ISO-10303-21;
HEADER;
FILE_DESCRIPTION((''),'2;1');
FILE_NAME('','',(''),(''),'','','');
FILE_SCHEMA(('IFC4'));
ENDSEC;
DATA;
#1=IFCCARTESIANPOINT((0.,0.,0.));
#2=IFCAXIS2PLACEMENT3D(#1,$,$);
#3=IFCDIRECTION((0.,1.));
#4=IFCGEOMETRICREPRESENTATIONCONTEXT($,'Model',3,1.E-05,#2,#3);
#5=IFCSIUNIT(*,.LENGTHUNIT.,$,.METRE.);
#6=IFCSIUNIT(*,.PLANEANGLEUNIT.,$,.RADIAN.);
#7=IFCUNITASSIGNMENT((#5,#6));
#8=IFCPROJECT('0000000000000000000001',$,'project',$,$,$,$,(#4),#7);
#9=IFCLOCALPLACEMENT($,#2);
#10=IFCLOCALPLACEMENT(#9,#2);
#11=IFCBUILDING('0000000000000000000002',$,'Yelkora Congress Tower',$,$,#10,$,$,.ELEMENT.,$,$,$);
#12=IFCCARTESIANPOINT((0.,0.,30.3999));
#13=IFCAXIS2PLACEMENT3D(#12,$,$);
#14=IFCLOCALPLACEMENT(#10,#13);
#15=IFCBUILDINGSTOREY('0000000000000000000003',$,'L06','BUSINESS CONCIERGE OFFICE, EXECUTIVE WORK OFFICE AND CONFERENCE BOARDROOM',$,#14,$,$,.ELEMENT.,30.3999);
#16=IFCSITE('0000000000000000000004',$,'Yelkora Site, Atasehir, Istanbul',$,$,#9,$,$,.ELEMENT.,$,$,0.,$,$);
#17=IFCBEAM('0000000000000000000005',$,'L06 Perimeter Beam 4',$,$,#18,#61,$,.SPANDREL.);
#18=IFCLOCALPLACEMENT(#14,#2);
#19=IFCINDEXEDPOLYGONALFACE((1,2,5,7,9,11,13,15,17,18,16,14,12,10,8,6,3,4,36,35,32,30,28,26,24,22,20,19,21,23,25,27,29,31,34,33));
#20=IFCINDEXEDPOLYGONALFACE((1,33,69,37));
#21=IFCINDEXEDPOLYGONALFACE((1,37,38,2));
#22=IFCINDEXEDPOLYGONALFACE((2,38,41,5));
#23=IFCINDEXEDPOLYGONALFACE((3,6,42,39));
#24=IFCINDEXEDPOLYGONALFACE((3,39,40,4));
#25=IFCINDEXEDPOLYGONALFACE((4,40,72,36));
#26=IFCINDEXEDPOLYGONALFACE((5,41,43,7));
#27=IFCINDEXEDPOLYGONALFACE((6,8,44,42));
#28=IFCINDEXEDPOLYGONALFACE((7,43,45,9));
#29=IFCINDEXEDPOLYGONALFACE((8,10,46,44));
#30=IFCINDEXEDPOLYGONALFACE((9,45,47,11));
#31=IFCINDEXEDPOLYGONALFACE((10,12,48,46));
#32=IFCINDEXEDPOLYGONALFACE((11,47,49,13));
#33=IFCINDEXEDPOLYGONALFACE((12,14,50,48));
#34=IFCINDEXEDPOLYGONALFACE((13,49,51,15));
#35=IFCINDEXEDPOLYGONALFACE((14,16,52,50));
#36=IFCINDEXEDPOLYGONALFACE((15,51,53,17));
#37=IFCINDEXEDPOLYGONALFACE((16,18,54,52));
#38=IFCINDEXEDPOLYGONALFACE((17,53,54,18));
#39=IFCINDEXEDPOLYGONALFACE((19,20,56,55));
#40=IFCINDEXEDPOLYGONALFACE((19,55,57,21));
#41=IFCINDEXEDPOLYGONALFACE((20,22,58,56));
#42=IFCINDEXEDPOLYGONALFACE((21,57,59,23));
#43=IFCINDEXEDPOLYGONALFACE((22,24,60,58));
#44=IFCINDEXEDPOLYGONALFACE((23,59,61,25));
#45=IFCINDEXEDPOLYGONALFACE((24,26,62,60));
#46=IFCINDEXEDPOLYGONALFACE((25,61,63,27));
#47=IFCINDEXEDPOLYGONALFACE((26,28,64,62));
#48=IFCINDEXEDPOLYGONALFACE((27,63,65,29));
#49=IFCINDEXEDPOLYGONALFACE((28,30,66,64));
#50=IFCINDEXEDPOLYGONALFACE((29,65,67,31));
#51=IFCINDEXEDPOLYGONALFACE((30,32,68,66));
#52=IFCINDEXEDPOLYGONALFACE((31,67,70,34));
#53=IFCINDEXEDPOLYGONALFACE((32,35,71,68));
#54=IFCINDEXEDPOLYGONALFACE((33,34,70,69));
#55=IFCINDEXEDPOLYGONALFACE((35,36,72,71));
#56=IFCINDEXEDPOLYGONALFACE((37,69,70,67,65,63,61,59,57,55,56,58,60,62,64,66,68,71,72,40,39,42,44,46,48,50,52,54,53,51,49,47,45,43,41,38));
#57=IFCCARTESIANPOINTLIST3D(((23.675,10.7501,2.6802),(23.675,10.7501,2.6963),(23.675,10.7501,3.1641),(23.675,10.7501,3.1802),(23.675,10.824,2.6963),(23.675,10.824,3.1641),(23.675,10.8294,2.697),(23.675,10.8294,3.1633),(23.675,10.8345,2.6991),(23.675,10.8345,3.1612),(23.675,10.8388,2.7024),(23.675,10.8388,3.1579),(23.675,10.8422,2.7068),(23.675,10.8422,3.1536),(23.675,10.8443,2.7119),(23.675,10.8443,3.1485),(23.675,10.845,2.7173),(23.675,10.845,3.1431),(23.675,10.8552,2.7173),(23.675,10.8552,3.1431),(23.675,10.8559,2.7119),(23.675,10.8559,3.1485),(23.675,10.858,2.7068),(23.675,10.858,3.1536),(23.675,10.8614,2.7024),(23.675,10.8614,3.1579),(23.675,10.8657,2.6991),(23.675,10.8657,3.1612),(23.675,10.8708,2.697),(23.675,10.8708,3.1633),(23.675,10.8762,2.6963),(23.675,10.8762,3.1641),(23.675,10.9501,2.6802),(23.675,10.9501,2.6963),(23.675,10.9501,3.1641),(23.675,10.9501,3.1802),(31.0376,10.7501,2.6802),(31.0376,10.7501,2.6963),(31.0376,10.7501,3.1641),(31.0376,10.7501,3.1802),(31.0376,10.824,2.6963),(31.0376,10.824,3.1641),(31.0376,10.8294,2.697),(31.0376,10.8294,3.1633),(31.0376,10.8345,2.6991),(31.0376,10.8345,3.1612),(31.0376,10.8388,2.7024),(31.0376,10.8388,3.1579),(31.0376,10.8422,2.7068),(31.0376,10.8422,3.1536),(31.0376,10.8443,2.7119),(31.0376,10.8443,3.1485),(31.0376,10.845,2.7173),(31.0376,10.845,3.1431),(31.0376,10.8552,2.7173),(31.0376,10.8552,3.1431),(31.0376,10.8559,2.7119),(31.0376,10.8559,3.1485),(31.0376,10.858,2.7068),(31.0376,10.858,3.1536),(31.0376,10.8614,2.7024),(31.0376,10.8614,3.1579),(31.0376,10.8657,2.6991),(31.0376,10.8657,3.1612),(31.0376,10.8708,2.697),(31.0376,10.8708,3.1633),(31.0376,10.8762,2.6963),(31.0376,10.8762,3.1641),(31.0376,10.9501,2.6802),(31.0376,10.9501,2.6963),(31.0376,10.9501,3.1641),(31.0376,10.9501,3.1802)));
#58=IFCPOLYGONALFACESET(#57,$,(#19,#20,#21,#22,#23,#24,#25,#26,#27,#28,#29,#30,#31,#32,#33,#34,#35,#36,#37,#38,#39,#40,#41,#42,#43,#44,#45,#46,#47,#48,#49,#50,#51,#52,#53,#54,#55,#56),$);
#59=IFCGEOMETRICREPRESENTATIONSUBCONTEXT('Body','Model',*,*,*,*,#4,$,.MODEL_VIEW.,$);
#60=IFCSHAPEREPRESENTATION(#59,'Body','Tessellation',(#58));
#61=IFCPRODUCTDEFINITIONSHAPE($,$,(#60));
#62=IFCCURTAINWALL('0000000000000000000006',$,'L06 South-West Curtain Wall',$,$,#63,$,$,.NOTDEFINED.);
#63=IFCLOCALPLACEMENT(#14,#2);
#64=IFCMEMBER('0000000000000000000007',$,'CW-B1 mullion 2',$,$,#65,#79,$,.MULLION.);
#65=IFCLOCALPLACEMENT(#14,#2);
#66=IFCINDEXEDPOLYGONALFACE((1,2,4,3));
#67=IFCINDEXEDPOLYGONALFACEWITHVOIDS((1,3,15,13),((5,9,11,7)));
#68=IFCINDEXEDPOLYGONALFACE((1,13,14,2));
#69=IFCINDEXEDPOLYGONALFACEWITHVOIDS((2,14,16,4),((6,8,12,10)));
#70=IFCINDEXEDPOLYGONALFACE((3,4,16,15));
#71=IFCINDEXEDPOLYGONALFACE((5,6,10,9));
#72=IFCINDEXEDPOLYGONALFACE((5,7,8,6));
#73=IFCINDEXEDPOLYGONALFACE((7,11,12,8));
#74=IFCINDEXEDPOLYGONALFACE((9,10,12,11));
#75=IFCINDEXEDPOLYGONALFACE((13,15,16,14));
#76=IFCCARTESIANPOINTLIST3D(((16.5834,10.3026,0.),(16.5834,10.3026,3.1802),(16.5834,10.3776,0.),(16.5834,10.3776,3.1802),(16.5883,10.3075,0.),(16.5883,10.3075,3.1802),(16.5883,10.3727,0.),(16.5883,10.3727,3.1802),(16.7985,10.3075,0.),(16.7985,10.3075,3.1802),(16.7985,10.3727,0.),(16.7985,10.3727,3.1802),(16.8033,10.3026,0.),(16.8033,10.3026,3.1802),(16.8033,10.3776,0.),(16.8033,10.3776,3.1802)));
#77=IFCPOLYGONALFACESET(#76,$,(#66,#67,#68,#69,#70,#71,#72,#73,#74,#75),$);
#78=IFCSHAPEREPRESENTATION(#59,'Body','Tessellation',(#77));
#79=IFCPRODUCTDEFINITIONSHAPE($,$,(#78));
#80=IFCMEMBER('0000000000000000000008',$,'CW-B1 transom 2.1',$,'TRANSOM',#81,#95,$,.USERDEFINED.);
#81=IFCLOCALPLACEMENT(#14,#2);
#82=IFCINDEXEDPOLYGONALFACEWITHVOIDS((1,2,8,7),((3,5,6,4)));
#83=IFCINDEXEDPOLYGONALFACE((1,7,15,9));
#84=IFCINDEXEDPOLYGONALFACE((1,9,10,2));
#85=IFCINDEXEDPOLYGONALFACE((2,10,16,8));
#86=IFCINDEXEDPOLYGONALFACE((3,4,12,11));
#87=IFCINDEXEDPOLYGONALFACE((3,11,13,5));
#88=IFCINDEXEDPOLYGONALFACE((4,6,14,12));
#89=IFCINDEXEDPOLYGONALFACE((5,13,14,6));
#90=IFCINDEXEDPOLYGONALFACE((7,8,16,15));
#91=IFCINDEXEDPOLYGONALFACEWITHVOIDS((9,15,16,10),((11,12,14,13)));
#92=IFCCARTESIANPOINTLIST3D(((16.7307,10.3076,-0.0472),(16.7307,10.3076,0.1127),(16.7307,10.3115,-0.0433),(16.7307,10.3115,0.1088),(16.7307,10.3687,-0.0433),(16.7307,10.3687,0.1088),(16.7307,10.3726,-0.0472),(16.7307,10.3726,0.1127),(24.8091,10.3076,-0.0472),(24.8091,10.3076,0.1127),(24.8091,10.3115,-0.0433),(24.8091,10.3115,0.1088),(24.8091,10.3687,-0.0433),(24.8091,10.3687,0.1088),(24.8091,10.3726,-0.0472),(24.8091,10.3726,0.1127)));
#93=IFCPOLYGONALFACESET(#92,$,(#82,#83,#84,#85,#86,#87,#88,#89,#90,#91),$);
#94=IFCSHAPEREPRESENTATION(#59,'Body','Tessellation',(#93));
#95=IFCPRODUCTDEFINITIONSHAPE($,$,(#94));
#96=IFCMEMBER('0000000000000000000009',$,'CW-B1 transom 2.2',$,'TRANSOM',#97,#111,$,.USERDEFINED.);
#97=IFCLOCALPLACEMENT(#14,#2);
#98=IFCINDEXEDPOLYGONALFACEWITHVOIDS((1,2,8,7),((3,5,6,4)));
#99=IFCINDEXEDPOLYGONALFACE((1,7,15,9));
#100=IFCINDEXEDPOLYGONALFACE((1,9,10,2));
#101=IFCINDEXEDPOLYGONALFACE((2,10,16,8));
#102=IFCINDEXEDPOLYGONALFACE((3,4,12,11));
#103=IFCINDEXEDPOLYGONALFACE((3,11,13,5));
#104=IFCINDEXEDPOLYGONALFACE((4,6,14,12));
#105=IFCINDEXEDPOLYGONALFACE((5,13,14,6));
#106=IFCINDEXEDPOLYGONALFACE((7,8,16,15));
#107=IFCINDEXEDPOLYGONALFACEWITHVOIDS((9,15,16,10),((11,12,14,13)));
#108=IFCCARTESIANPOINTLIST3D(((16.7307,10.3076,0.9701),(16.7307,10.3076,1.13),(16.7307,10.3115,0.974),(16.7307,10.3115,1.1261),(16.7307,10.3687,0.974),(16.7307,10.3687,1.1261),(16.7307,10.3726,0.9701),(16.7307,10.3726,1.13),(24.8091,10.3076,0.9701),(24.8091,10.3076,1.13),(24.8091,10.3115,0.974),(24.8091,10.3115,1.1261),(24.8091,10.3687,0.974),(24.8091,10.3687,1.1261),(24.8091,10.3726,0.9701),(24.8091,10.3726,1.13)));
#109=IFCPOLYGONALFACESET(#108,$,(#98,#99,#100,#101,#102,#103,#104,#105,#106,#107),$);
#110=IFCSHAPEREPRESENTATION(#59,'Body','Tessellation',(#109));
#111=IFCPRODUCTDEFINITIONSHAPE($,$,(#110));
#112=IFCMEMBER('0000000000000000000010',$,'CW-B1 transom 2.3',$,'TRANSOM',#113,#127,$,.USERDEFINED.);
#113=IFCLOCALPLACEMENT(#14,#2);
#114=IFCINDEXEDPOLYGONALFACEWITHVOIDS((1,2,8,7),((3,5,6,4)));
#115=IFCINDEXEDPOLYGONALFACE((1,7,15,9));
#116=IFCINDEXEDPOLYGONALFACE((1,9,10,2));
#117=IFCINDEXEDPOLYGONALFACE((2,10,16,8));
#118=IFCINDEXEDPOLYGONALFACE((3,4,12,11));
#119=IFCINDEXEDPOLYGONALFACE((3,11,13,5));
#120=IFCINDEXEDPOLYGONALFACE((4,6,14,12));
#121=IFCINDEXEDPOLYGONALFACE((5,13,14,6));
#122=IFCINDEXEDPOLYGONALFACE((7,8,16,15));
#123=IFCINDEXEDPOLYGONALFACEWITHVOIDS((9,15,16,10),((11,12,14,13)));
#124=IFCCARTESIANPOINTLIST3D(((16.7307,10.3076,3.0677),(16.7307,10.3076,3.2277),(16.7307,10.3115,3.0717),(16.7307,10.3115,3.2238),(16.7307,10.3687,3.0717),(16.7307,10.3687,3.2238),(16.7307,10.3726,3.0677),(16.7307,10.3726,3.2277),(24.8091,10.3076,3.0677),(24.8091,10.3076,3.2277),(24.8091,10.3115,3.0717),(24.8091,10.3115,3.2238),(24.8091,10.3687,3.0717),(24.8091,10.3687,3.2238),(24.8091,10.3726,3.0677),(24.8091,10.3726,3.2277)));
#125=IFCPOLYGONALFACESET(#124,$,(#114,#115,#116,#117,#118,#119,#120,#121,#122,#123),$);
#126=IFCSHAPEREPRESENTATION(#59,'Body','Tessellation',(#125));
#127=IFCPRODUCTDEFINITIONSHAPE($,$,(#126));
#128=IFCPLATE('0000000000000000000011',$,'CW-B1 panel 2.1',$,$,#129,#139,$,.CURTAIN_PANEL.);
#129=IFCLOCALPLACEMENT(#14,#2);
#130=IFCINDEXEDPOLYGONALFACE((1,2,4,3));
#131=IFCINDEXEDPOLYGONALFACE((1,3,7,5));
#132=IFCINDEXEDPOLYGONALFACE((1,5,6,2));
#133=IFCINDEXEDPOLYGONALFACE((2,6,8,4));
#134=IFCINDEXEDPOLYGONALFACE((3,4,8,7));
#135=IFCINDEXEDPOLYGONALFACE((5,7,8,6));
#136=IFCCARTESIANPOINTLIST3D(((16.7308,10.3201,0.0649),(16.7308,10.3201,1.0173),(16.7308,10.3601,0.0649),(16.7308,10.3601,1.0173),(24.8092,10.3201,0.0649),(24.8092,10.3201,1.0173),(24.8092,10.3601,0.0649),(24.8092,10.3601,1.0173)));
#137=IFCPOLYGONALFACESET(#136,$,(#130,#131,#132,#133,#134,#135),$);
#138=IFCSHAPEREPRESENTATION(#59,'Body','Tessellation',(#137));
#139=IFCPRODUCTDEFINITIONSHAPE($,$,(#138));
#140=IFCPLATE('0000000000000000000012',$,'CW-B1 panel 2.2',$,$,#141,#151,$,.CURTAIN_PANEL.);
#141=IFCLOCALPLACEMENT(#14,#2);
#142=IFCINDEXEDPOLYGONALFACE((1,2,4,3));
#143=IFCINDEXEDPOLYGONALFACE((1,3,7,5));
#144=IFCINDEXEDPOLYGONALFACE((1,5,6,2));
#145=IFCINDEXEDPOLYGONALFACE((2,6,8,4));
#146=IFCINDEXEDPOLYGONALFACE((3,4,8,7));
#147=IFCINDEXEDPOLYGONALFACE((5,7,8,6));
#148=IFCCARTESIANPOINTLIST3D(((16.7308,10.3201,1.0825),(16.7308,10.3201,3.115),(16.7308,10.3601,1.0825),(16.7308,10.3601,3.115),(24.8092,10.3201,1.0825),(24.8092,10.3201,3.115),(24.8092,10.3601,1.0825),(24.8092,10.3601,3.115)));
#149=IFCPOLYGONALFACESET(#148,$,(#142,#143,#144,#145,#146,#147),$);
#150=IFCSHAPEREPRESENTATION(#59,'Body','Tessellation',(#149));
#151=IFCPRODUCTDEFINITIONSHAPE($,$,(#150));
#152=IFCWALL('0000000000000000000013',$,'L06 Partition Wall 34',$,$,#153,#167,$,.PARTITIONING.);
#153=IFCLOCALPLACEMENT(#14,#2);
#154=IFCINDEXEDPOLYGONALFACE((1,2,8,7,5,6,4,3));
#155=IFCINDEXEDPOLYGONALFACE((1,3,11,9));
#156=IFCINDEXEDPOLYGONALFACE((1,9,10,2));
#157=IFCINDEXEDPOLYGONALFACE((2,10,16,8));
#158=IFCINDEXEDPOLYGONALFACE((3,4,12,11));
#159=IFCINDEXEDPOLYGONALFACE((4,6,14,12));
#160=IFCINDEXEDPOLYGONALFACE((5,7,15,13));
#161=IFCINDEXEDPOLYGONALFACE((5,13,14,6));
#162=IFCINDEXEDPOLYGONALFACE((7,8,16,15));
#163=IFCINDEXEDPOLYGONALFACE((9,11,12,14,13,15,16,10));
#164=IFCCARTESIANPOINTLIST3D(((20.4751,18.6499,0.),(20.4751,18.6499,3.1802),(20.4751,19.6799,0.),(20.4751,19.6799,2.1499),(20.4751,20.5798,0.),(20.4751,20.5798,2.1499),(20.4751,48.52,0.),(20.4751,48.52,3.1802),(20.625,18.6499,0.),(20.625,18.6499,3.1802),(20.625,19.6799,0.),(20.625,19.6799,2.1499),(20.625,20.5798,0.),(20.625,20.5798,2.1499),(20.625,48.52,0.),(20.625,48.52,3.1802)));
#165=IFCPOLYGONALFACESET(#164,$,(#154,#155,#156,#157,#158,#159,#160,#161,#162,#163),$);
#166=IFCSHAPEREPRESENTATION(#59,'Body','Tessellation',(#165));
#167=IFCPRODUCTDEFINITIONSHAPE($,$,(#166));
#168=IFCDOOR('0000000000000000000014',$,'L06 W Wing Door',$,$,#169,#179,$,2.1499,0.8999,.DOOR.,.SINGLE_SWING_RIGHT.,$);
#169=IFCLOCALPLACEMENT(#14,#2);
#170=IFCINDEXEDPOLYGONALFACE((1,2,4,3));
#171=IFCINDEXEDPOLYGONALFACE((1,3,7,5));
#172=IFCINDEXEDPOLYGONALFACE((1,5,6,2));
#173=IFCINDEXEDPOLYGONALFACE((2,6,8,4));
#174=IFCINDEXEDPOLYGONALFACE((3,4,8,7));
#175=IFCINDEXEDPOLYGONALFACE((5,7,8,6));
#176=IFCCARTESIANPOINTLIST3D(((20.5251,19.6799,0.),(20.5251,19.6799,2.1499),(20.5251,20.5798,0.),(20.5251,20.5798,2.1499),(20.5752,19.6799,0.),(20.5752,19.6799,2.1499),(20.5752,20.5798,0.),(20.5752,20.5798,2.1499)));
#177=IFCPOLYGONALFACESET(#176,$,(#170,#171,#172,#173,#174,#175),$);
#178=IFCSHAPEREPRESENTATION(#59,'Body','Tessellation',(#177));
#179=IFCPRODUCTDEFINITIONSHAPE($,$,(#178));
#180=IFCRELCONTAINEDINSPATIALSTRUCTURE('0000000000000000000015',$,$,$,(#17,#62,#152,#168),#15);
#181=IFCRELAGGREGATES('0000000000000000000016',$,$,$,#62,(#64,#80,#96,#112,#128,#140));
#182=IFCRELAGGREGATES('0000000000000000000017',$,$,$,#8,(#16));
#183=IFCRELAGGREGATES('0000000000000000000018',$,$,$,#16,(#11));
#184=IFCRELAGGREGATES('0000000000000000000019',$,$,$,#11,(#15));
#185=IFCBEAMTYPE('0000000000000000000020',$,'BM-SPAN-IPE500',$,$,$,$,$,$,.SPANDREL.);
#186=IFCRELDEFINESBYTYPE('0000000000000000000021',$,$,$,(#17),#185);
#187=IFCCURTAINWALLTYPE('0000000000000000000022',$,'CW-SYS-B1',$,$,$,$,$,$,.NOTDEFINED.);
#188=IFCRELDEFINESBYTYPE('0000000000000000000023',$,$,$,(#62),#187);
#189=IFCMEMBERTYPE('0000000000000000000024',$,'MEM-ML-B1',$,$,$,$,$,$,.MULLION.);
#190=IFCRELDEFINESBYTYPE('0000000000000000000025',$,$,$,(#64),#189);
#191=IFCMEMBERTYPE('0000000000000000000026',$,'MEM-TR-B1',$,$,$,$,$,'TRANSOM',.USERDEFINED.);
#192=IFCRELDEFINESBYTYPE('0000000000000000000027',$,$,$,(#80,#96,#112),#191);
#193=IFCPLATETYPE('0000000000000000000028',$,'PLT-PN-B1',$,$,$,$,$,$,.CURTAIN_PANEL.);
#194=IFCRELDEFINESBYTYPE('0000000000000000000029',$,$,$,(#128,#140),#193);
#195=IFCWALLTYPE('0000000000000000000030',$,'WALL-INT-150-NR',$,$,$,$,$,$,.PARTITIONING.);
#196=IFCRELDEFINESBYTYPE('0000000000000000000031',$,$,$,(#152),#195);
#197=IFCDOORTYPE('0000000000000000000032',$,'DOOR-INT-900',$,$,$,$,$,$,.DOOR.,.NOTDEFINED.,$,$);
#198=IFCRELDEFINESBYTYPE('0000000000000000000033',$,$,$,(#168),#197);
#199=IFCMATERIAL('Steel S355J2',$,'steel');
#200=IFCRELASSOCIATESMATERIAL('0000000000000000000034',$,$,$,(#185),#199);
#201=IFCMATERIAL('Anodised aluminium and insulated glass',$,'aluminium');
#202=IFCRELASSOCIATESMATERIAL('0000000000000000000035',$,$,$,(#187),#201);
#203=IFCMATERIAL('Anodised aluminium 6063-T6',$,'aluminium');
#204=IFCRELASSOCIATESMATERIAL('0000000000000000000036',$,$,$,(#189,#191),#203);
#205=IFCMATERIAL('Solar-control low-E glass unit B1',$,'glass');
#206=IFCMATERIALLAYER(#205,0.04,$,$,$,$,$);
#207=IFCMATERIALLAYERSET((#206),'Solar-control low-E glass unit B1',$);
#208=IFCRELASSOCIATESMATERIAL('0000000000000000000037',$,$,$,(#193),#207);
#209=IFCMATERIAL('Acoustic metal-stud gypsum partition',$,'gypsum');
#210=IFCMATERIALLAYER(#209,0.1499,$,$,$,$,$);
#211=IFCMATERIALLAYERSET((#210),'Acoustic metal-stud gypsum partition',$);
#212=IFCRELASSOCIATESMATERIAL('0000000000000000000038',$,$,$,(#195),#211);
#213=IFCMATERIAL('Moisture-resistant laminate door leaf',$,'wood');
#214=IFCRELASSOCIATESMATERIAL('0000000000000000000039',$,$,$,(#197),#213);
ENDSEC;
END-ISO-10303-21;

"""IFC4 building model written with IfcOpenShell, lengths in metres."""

from ifc_helpers import new_model, si_unit, direction, frame, frame_2d, origin, origin_2d, place, context, subcontext, project, spatial, rectangle, hollow_rectangle, i_section, extrude, material, layer, layer_set, material_profile, profile_set, type_object, element, fill, aggregate, save


model = new_model("IFC4")

# Units and contexts
model_context = context("Model", 3, precision=1e-05, world=origin(), true_north=direction((0.0, 1.0)))
body_context = subcontext(model_context, "Body", "Model", "MODEL_VIEW")
ifc_project = project(units=[si_unit("LENGTHUNIT", "METRE"), si_unit("PLANEANGLEUNIT", "RADIAN")], contexts=[model_context])

# Site, building, storey
site_placement = place(None, origin())
site = spatial("IfcSite", under=ifc_project, at=site_placement, Name="Yelkora Site, Atasehir, Istanbul", CompositionType="ELEMENT", RefElevation=0.0)
building_placement = place(site_placement, origin())
building = spatial("IfcBuilding", under=site, at=building_placement, Name="Yelkora Congress Tower", CompositionType="ELEMENT")
storey_placement = place(building_placement, frame((0.0, 0.0, 30.3999)))
storey = spatial("IfcBuildingStorey", under=building, at=storey_placement, Name="L06", Description="BUSINESS CONCIERGE OFFICE, EXECUTIVE WORK OFFICE AND CONFERENCE BOARDROOM", CompositionType="ELEMENT", Elevation=30.3999)

# Beam
ifc_material_1 = material(Name="Steel S355J2", Category="steel")
ifc_material_profile_1 = material_profile(ifc_material_1, i_section(OverallWidth=0.2, OverallDepth=0.5, WebThickness=0.0103, FlangeThickness=0.0161, FilletRadius=0.021, at=origin_2d()), Name="IPE 500")
ifc_profile_set_1 = profile_set([ifc_material_profile_1], Name="Steel S355J2")
beam_type_1 = type_object("IfcBeamType", Name="BM-SPAN-IPE500", PredefinedType="SPANDREL", material=ifc_profile_set_1)
beam_1_placement = place(storey_placement, frame((23.675, 10.8501, 2.9302), z_axis=(1.0, 0.0, 0.0), x_axis=(0.0, 1.0, 0.0)))
element("IfcBeam", 1, at=beam_1_placement, inside=storey, type_object=beam_type_1, Name="L06 Perimeter Beam 4", PredefinedType="SPANDREL", context=body_context, shape_type="SweptSolid", body=[
    extrude(i_section(OverallWidth=0.2, OverallDepth=0.5, WebThickness=0.0103, FlangeThickness=0.0161, FilletRadius=0.021, at=origin_2d()), origin(), (0.0, 0.0, 1.0), 7.3625),
])

# Curtain wall, members, plates
ifc_material_2 = material(Name="Anodised aluminium and insulated glass", Category="aluminium")
curtain_wall_type = type_object("IfcCurtainWallType", Name="CW-SYS-B1", PredefinedType="NOTDEFINED", material=ifc_material_2)
curtain_wall_placement = place(storey_placement, origin())
curtain_wall = element("IfcCurtainWall", 2, at=curtain_wall_placement, inside=storey, type_object=curtain_wall_type, Name="L06 South-West Curtain Wall", PredefinedType="NOTDEFINED")
ifc_material_3 = material(Name="Anodised aluminium 6063-T6", Category="aluminium")
ifc_material_profile_2 = material_profile(ifc_material_3, hollow_rectangle(XDim=0.075, YDim=0.22, WallThickness=0.0049, at=origin_2d()), Name="ALU 75x220x5")
ifc_profile_set_2 = profile_set([ifc_material_profile_2], Name="Anodised aluminium 6063-T6")
member_type_1 = type_object("IfcMemberType", Name="MEM-ML-B1", PredefinedType="MULLION", material=ifc_profile_set_2)
member_1_placement = place(storey_placement, frame((16.6934, 10.3401, 0.0), z_axis=(0.0, 0.0, 1.0), x_axis=(0.0, 1.0, 0.0)))
member_1 = element("IfcMember", 3, at=member_1_placement, type_object=member_type_1, Name="CW-B1 mullion 2", PredefinedType="MULLION", context=body_context, shape_type="SweptSolid", body=[
    extrude(hollow_rectangle(XDim=0.075, YDim=0.22, WallThickness=0.0049, at=origin_2d()), origin(), (0.0, 0.0, 1.0), 3.1802),
])
ifc_material_profile_3 = material_profile(ifc_material_3, hollow_rectangle(XDim=0.0649, YDim=0.1599, WallThickness=0.0039, at=origin_2d()), Name="ALU 65x160x4")
ifc_profile_set_3 = profile_set([ifc_material_profile_3], Name="Anodised aluminium 6063-T6")
member_type_2 = type_object("IfcMemberType", Name="MEM-TR-B1", ElementType="TRANSOM", PredefinedType="USERDEFINED", material=ifc_profile_set_3)
member_2_placement = place(storey_placement, frame((16.7307, 10.3401, 0.0327), z_axis=(1.0, 0.0, 0.0), x_axis=(0.0, 1.0, 0.0)))
member_2 = element("IfcMember", 4, at=member_2_placement, type_object=member_type_2, Name="CW-B1 transom 2.1", ObjectType="TRANSOM", PredefinedType="USERDEFINED", context=body_context, shape_type="SweptSolid", body=[
    extrude(hollow_rectangle(XDim=0.0649, YDim=0.1599, WallThickness=0.0039, at=origin_2d()), origin(), (0.0, 0.0, 1.0), 8.0784),
])
member_3_placement = place(storey_placement, frame((16.7307, 10.3401, 1.05), z_axis=(1.0, 0.0, 0.0), x_axis=(0.0, 1.0, 0.0)))
member_3 = element("IfcMember", 5, at=member_3_placement, type_object=member_type_2, Name="CW-B1 transom 2.2", ObjectType="TRANSOM", PredefinedType="USERDEFINED", context=body_context, shape_type="SweptSolid", body=[
    extrude(hollow_rectangle(XDim=0.0649, YDim=0.1599, WallThickness=0.0039, at=origin_2d()), origin(), (0.0, 0.0, 1.0), 8.0784),
])
member_4_placement = place(storey_placement, frame((16.7307, 10.3401, 3.1477), z_axis=(1.0, 0.0, 0.0), x_axis=(0.0, 1.0, 0.0)))
member_4 = element("IfcMember", 6, at=member_4_placement, type_object=member_type_2, Name="CW-B1 transom 2.3", ObjectType="TRANSOM", PredefinedType="USERDEFINED", context=body_context, shape_type="SweptSolid", body=[
    extrude(hollow_rectangle(XDim=0.0649, YDim=0.1599, WallThickness=0.0039, at=origin_2d()), origin(), (0.0, 0.0, 1.0), 8.0784),
])
ifc_material_4 = material(Name="Solar-control low-E glass unit B1", Category="glass")
ifc_layer_1 = layer(ifc_material_4, 0.04)
ifc_layer_set_1 = layer_set([ifc_layer_1], Name="Solar-control low-E glass unit B1")
plate_type = type_object("IfcPlateType", Name="PLT-PN-B1", PredefinedType="CURTAIN_PANEL", material=ifc_layer_set_1)
plate_1_placement = place(storey_placement, frame((20.77, 10.3401, 0.0649), z_axis=(0.0, 0.0, 1.0), x_axis=(1.0, 0.0, 0.0)))
plate_1 = element("IfcPlate", 7, at=plate_1_placement, type_object=plate_type, Name="CW-B1 panel 2.1", PredefinedType="CURTAIN_PANEL", context=body_context, shape_type="SweptSolid", body=[
    extrude(rectangle(XDim=8.0784, YDim=0.04, at=origin_2d()), origin(), (0.0, 0.0, 1.0), 0.9524),
])
plate_2_placement = place(storey_placement, frame((20.77, 10.3401, 1.0825), z_axis=(0.0, 0.0, 1.0), x_axis=(1.0, 0.0, 0.0)))
plate_2 = element("IfcPlate", 8, at=plate_2_placement, type_object=plate_type, Name="CW-B1 panel 2.2", PredefinedType="CURTAIN_PANEL", context=body_context, shape_type="SweptSolid", body=[
    extrude(rectangle(XDim=8.0784, YDim=0.04, at=origin_2d()), origin(), (0.0, 0.0, 1.0), 2.0325),
])
aggregate(curtain_wall, [member_1, member_2, member_3, member_4, plate_1, plate_2])

# Wall, opening, door
ifc_material_5 = material(Name="Acoustic metal-stud gypsum partition", Category="gypsum")
ifc_layer_2 = layer(ifc_material_5, 0.1499)
ifc_layer_set_2 = layer_set([ifc_layer_2], Name="Acoustic metal-stud gypsum partition")
wall_type = type_object("IfcWallType", Name="WALL-INT-150-NR", PredefinedType="PARTITIONING", material=ifc_layer_set_2)
wall_1_placement = place(storey_placement, frame((20.55, 18.6499, 0.0), z_axis=(0.0, 0.0, 1.0), x_axis=(0.0, 1.0, 0.0)))
wall_1 = element("IfcWall", 9, at=wall_1_placement, inside=storey, type_object=wall_type, Name="L06 Partition Wall 34", PredefinedType="PARTITIONING", context=body_context, shape_type="SweptSolid", body=[
    extrude(rectangle(XDim=29.8701, YDim=0.1499, at=frame_2d((14.9351, 0.0))), origin(), (0.0, 0.0, 1.0), 3.1802),
])
opening_1_placement = place(wall_1_placement, frame((1.03, 0.0, 0.0)))
opening_1 = element("IfcOpeningElement", 10, at=opening_1_placement, cuts=wall_1, PredefinedType="OPENING", context=body_context, shape_type="SweptSolid", body=[
    extrude(rectangle(XDim=0.8999, YDim=2.1499, at=frame_2d((0.45, 1.075))), frame((0.0, 0.085, 0.0), z_axis=(0.0, -1.0, 0.0), x_axis=(1.0, 0.0, 0.0)), (0.0, 0.0, 1.0), 0.1699),
])
ifc_material_6 = material(Name="Moisture-resistant laminate door leaf", Category="wood")
door_type = type_object("IfcDoorType", Name="DOOR-INT-900", OperationType="NOTDEFINED", PredefinedType="DOOR", material=ifc_material_6)
door_1_placement = place(opening_1_placement, origin())
door_1 = element("IfcDoor", 11, at=door_1_placement, inside=storey, type_object=door_type, Name="L06 W Wing Door", OperationType="SINGLE_SWING_RIGHT", OverallHeight=2.1499, OverallWidth=0.8999, PredefinedType="DOOR", context=body_context, shape_type="SweptSolid", body=[
    extrude(rectangle(XDim=0.8999, YDim=2.1499, at=frame_2d((0.45, 1.075))), frame((0.0, 0.0249, 0.0), z_axis=(0.0, -1.0, 0.0), x_axis=(1.0, 0.0, 0.0)), (0.0, 0.0, 1.0), 0.05),
])
fill(opening_1, door_1)

save(model, "model.ifc")
